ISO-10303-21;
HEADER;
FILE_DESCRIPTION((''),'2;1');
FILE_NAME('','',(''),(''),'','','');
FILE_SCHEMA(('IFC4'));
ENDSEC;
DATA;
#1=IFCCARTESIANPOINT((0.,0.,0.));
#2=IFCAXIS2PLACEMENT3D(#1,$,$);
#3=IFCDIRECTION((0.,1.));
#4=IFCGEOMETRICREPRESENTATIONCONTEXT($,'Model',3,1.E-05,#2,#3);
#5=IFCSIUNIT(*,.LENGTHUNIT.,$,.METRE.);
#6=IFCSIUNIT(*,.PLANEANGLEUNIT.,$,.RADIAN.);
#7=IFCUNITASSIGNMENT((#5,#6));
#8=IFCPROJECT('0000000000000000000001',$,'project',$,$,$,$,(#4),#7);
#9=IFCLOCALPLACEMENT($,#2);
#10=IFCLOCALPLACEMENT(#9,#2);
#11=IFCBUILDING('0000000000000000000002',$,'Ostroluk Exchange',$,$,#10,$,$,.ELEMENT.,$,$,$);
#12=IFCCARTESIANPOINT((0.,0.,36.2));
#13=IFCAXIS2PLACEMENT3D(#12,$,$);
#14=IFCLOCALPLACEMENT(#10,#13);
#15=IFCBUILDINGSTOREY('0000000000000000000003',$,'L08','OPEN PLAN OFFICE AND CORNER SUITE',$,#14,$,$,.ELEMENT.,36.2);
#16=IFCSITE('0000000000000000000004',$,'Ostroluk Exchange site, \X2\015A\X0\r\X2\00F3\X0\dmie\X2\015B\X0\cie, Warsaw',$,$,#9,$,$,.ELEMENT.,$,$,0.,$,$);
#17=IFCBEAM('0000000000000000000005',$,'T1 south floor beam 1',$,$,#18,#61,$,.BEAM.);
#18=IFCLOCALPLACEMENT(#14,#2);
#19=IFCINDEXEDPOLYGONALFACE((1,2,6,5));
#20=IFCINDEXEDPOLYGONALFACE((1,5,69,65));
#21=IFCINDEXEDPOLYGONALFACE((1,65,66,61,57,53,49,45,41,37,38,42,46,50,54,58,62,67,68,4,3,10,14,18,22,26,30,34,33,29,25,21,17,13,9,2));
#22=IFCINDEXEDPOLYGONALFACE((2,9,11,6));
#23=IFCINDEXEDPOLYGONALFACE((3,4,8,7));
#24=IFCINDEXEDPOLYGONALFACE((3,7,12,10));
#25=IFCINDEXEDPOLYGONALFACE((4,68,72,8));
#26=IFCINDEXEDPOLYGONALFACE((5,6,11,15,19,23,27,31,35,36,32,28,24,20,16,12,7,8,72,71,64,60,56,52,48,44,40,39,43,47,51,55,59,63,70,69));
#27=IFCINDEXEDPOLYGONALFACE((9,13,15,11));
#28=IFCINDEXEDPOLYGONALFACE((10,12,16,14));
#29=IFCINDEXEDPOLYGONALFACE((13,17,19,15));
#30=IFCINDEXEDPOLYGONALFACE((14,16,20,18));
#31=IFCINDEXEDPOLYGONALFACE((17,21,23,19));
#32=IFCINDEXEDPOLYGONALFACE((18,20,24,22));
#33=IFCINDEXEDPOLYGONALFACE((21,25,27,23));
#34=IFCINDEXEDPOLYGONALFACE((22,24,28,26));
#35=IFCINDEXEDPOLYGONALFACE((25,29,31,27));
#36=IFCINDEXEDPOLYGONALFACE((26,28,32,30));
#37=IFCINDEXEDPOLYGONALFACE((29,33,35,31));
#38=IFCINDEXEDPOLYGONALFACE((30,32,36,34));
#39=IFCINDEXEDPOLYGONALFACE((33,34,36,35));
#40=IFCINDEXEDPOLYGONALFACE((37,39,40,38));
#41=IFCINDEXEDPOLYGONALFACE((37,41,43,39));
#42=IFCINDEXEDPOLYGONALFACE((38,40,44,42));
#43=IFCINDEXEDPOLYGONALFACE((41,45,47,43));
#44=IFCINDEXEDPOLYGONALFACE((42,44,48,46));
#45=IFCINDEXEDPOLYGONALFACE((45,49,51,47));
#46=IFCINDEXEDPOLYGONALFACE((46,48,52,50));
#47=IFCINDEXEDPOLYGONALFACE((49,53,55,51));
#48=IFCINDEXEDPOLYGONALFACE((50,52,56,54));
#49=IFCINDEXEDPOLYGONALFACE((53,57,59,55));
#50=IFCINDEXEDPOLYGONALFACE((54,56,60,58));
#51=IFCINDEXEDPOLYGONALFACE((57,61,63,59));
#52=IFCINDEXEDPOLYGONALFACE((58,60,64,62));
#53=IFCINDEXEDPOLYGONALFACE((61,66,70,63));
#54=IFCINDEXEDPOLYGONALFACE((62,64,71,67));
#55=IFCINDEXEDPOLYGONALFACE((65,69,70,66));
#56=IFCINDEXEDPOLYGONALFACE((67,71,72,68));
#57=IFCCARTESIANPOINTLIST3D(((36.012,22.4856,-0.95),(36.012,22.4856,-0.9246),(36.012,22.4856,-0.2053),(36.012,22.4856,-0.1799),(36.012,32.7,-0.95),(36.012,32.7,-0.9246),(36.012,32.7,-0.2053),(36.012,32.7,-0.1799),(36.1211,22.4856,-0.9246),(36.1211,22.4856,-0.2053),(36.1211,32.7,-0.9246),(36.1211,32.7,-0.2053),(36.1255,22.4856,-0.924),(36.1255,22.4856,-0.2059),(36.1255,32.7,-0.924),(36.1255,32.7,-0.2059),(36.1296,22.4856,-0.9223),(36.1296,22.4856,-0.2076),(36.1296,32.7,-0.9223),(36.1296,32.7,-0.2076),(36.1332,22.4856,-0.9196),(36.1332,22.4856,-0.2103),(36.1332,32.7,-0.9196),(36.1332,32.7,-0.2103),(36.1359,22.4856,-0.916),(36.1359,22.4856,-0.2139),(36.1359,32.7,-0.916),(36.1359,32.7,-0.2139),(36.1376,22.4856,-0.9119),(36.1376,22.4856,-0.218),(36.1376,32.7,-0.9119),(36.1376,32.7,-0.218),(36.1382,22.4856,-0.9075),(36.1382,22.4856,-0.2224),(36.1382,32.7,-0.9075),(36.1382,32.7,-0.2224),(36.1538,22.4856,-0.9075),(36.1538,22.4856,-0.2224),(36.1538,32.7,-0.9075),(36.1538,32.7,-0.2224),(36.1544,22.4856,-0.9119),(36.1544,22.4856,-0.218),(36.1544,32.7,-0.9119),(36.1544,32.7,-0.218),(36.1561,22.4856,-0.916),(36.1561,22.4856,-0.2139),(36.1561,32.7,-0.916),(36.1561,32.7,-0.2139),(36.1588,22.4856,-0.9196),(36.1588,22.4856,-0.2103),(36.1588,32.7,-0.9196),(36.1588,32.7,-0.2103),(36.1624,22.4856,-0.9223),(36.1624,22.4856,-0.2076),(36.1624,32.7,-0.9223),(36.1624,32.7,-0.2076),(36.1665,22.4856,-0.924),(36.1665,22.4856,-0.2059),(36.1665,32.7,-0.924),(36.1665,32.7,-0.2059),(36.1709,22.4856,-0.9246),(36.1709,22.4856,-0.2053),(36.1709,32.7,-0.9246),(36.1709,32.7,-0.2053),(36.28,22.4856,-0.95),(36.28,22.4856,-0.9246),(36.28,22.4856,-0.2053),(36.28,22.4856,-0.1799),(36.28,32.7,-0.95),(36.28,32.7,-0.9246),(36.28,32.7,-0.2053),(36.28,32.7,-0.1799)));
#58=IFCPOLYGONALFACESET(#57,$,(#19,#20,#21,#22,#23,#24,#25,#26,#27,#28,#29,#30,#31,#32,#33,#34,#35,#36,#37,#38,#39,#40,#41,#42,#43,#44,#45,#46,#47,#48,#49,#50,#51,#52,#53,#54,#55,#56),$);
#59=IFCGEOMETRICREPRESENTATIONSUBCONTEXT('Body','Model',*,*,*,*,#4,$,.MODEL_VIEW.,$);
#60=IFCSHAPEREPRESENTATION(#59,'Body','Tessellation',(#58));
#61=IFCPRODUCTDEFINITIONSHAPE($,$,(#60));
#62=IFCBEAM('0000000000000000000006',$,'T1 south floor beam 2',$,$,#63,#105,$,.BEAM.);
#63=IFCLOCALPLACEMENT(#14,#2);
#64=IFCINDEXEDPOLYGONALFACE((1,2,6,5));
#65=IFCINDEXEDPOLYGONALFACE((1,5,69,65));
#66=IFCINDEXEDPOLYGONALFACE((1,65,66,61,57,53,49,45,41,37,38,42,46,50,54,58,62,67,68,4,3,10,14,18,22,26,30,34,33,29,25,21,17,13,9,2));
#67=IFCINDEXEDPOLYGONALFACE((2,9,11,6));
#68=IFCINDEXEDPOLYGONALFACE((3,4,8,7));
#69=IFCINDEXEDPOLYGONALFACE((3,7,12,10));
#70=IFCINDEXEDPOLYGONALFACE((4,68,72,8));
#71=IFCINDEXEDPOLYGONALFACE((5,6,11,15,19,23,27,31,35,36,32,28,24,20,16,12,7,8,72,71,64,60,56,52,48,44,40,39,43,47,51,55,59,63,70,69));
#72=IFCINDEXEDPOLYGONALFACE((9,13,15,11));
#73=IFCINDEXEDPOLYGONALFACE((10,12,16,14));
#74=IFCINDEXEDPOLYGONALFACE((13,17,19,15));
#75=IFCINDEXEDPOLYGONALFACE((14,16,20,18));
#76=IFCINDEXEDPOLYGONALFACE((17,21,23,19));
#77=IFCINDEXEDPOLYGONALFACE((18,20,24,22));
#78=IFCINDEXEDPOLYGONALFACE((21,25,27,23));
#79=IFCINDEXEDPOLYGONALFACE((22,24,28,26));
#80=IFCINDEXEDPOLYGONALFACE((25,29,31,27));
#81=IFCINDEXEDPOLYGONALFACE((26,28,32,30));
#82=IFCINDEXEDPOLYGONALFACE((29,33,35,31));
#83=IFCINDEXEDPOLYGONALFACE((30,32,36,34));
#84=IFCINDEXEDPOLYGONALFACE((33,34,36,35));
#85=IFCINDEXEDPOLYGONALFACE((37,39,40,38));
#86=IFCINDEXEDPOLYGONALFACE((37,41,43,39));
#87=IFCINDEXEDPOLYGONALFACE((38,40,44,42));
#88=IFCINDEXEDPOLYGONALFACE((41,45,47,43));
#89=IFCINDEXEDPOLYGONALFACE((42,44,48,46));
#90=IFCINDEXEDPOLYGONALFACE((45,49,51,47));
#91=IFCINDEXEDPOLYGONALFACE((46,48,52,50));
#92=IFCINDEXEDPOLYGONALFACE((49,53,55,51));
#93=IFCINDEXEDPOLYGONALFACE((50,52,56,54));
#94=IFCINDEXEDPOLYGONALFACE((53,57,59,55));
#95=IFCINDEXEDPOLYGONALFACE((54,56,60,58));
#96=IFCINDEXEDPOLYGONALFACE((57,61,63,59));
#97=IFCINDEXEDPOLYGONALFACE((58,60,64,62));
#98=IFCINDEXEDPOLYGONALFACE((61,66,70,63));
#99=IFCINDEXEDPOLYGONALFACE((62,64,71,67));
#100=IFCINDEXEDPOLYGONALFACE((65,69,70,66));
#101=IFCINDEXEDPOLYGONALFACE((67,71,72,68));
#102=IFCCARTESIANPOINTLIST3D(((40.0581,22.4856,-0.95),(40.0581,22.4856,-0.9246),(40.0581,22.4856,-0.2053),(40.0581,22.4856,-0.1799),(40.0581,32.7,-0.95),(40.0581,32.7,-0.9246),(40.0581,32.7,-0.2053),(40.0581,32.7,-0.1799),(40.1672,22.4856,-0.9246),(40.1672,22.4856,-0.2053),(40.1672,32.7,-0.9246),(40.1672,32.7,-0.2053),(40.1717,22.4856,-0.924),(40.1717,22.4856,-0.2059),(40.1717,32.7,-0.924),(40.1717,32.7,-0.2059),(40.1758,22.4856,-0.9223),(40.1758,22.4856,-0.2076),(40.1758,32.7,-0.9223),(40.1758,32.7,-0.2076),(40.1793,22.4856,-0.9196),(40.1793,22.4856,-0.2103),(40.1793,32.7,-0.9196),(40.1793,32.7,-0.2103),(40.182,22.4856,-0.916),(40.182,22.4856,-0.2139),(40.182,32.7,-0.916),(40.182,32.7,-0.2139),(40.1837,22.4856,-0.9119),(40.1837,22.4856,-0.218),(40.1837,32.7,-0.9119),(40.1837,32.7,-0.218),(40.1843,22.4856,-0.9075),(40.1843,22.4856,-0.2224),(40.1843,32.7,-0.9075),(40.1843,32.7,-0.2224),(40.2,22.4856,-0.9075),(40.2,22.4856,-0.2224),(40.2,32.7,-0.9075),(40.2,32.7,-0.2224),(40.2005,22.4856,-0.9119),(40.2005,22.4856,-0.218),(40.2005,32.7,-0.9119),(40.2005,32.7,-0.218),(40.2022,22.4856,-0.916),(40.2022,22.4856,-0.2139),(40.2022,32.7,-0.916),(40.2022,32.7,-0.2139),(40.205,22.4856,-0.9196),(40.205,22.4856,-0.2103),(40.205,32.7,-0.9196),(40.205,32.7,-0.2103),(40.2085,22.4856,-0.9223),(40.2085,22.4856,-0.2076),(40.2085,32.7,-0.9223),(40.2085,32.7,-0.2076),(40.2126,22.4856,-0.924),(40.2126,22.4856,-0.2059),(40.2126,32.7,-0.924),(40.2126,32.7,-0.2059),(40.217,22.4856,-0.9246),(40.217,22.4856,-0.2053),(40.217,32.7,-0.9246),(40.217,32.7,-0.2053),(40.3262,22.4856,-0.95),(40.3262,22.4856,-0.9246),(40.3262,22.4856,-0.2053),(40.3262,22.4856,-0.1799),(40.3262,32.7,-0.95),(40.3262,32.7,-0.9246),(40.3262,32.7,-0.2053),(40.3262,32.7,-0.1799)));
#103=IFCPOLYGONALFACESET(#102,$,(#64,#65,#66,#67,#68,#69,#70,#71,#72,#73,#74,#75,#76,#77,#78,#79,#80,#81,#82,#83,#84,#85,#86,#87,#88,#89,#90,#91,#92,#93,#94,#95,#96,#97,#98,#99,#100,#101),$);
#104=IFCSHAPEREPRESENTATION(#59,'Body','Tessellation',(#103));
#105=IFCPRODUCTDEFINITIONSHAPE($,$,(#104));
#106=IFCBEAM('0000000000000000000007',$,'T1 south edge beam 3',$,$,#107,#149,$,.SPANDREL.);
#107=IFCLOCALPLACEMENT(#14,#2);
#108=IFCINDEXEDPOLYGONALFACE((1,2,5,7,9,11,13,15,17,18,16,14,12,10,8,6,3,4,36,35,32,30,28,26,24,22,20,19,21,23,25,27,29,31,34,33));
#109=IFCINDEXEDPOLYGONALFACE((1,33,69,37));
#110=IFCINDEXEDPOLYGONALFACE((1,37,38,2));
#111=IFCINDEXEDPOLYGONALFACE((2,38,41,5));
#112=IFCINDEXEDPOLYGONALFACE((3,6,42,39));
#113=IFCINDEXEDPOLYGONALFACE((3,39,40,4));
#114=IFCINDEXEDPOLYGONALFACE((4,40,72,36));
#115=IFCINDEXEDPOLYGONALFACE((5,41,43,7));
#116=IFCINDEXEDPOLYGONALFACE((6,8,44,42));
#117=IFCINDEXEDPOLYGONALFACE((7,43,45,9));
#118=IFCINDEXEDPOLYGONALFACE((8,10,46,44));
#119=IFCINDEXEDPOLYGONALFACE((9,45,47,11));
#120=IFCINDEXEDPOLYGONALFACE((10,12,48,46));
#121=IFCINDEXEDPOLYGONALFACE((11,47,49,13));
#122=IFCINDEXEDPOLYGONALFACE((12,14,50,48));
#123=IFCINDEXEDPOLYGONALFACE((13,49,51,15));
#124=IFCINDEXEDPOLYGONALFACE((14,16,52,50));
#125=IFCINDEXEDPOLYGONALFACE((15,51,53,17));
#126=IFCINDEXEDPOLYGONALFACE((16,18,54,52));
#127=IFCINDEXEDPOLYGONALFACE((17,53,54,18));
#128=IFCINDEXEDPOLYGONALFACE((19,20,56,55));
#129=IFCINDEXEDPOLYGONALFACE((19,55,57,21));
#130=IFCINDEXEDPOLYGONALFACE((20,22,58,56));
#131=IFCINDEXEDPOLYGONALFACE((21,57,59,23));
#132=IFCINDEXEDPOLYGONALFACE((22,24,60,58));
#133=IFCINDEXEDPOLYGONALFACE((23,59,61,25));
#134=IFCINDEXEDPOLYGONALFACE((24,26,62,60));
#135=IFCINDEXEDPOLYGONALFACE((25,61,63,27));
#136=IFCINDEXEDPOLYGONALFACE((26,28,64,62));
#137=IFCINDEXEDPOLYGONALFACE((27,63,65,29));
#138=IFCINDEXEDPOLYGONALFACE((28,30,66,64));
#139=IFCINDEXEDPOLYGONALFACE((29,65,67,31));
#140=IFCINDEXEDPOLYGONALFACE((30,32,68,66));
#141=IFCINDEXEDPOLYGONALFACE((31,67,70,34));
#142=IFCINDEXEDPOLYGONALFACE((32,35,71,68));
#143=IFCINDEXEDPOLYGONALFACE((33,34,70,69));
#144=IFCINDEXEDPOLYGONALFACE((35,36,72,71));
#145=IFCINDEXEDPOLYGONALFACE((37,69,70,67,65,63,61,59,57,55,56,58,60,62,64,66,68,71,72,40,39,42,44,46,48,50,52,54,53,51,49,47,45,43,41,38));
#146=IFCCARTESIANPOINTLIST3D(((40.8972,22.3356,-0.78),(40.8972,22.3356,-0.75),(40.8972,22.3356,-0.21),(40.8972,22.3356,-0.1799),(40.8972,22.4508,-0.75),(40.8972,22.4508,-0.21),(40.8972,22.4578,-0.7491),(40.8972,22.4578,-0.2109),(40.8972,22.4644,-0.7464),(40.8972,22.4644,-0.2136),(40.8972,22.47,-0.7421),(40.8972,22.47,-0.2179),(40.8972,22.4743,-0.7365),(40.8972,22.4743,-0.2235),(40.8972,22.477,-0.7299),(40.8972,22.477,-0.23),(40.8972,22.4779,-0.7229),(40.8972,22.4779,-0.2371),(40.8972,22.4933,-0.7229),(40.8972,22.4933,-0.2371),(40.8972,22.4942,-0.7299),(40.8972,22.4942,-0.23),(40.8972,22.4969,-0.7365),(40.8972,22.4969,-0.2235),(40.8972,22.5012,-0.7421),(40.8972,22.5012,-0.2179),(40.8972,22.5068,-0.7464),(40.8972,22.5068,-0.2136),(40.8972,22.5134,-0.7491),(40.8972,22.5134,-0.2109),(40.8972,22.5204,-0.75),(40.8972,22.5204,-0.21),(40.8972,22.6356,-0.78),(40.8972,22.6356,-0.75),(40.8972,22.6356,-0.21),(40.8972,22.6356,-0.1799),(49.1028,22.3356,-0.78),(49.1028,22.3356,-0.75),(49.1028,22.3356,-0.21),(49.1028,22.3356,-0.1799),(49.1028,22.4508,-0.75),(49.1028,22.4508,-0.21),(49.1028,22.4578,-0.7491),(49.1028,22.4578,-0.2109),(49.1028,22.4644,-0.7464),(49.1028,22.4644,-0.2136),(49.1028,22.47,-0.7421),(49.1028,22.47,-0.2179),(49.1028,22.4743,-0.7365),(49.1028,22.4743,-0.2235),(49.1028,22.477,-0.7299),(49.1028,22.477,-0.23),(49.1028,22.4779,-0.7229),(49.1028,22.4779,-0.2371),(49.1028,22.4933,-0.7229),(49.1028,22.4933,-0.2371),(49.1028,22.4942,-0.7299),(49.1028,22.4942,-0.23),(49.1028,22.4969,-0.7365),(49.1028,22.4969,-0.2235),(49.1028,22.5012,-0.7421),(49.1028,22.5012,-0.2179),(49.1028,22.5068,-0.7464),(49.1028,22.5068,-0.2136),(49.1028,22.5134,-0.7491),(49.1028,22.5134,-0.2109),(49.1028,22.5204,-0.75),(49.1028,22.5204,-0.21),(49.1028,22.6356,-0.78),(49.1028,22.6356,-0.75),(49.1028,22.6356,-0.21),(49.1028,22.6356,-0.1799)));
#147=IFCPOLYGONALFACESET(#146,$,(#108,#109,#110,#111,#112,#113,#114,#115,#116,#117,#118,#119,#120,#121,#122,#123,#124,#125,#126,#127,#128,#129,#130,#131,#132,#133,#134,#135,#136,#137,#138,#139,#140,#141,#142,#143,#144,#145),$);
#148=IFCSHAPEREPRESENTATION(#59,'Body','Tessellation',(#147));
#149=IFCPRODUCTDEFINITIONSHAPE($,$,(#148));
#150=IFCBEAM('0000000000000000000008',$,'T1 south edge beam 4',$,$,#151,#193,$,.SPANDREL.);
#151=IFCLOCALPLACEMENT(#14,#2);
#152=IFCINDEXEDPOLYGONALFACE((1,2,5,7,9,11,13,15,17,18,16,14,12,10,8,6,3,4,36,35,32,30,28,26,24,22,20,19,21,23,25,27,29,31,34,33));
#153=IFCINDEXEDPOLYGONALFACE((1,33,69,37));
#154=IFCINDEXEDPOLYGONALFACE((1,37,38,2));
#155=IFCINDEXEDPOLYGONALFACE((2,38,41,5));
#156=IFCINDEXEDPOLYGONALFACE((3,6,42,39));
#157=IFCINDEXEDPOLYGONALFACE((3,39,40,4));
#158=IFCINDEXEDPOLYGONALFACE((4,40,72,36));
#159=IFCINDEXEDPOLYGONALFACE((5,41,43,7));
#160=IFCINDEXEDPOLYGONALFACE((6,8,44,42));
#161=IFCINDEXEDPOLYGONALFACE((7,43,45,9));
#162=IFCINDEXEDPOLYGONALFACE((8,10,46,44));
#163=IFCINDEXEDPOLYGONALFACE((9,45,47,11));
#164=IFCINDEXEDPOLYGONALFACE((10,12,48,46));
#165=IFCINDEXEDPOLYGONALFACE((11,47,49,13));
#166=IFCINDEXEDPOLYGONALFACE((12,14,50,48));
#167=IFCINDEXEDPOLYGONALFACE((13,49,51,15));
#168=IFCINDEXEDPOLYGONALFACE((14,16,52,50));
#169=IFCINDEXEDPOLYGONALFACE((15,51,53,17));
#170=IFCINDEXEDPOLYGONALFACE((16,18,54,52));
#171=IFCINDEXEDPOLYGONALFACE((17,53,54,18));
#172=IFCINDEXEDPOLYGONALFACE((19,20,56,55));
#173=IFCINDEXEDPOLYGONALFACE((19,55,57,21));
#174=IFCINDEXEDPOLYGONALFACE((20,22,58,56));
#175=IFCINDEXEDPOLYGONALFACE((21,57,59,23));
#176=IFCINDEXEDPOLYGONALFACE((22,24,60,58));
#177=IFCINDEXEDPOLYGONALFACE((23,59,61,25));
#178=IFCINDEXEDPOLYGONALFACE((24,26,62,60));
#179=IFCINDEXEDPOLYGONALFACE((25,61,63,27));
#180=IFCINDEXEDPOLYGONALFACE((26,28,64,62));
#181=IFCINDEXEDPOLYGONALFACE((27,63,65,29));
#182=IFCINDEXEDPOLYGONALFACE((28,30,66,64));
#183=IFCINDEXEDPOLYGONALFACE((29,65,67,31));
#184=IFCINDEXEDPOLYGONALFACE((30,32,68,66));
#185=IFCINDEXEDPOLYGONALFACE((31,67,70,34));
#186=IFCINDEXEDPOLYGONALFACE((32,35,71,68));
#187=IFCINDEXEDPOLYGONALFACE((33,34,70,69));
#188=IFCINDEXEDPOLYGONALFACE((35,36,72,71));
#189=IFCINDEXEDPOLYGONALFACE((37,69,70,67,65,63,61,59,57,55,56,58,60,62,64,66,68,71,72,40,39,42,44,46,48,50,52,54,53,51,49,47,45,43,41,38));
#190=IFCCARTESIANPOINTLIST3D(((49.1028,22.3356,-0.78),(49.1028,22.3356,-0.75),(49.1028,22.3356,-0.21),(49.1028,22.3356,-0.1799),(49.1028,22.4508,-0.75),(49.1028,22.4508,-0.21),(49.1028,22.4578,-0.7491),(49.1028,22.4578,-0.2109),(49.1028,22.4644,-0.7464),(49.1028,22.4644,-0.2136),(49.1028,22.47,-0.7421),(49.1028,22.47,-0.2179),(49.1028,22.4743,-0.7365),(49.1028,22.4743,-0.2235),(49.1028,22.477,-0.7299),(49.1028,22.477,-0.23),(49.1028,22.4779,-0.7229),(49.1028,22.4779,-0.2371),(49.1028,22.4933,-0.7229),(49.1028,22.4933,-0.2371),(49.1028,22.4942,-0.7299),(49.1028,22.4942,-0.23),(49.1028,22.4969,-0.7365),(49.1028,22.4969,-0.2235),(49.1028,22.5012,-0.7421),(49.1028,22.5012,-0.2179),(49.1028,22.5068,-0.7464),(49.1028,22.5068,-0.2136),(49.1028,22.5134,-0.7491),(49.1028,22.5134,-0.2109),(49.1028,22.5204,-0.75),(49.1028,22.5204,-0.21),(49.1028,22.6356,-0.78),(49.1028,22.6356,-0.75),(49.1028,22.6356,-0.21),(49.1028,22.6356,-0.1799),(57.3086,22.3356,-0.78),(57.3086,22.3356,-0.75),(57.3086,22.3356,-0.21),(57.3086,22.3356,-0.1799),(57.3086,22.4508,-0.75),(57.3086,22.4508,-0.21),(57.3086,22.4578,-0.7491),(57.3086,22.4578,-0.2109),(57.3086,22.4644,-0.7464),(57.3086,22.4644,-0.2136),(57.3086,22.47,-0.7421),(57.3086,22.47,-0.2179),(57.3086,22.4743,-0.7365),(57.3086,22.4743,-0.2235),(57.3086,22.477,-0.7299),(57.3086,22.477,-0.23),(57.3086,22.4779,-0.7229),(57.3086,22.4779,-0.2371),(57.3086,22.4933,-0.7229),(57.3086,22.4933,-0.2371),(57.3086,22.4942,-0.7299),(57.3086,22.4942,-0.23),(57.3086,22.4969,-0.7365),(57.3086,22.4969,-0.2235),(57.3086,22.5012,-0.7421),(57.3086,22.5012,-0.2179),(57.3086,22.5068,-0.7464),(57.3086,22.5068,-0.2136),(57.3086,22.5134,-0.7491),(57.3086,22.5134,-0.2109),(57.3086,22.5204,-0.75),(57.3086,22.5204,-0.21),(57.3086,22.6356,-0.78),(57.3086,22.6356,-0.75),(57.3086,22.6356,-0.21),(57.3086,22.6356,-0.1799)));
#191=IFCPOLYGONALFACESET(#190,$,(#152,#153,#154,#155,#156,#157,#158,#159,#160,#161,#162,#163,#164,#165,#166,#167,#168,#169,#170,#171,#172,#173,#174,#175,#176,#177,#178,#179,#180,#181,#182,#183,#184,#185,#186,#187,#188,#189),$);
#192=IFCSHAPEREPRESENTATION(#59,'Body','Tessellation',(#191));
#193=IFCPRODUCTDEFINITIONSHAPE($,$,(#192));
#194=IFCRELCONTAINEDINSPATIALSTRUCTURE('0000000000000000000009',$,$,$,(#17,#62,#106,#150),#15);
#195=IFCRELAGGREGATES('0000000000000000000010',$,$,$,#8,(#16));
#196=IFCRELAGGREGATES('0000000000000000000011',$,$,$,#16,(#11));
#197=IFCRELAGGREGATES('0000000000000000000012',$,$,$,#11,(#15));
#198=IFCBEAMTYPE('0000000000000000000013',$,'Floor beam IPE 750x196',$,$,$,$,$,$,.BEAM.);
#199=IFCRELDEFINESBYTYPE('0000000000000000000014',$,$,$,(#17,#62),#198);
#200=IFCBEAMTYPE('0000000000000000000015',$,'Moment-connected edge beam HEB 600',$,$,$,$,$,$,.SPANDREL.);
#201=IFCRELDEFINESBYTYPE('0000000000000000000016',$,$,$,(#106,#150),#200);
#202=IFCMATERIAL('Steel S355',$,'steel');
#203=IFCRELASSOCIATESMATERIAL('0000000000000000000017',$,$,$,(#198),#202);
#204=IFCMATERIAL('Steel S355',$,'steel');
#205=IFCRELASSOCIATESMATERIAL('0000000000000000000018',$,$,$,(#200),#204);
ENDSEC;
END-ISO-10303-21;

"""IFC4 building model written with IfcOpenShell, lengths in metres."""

from ifc_helpers import new_model, si_unit, direction, frame, origin, origin_2d, place, context, subcontext, project, spatial, i_section, extrude, material, material_profile, profile_set, type_object, element, save


model = new_model("IFC4")

# Units and contexts
model_context = context("Model", 3, precision=1e-05, world=origin(), true_north=direction((0.0, 1.0)))
body_context = subcontext(model_context, "Body", "Model", "MODEL_VIEW")
ifc_project = project(units=[si_unit("LENGTHUNIT", "METRE"), si_unit("PLANEANGLEUNIT", "RADIAN")], contexts=[model_context])

# Site, building, storey
site_placement = place(None, origin())
site = spatial("IfcSite", under=ifc_project, at=site_placement, Name="Ostroluk Exchange site, Śródmieście, Warsaw", CompositionType="ELEMENT", RefElevation=0.0)
building_placement = place(site_placement, origin())
building = spatial("IfcBuilding", under=site, at=building_placement, Name="Ostroluk Exchange", CompositionType="ELEMENT")
storey_placement = place(building_placement, frame((0.0, 0.0, 36.2)))
storey = spatial("IfcBuildingStorey", under=building, at=storey_placement, Name="L08", Description="OPEN PLAN OFFICE AND CORNER SUITE", CompositionType="ELEMENT", Elevation=36.2)

# Beams
ifc_material_1 = material(Name="Steel S355", Category="steel")
ifc_material_profile_1 = material_profile(ifc_material_1, i_section(OverallWidth=0.2681, OverallDepth=0.77, WebThickness=0.0156, FlangeThickness=0.0254, FilletRadius=0.0171, at=origin_2d()), Name="IPE 750x196")
ifc_profile_set_1 = profile_set([ifc_material_profile_1], Name="Steel S355")
beam_type_1 = type_object("IfcBeamType", Name="Floor beam IPE 750x196", PredefinedType="BEAM", material=ifc_profile_set_1)
for number, where, z_axis, x_axis, name in (
    (1, (36.146, 32.7, -0.5649), (0.0, -1.0, 0.0), (1.0, 0.0, 0.0), "T1 south floor beam 1"),
    (2, (40.1921, 32.7, -0.5649), (0.0, -1.0, 0.0), (1.0, 0.0, 0.0), "T1 south floor beam 2"),
):
    element("IfcBeam", number, at=place(storey_placement, frame(where, z_axis=z_axis, x_axis=x_axis)), inside=storey, type_object=beam_type_1, Name=name, PredefinedType="BEAM", context=body_context, shape_type="SweptSolid", body=[
        extrude(i_section(OverallWidth=0.2681, OverallDepth=0.77, WebThickness=0.0156, FlangeThickness=0.0254, FilletRadius=0.0171, at=origin_2d()), origin(), (0.0, 0.0, 1.0), 10.2144),
    ])
ifc_material_2 = material(Name="Steel S355", Category="steel")
ifc_material_profile_2 = material_profile(ifc_material_2, i_section(OverallWidth=0.3, OverallDepth=0.6001, WebThickness=0.0154, FlangeThickness=0.03, FilletRadius=0.0271, at=origin_2d()), Name="HEB 600")
ifc_profile_set_2 = profile_set([ifc_material_profile_2], Name="Steel S355")
beam_type_2 = type_object("IfcBeamType", Name="Moment-connected edge beam HEB 600", PredefinedType="SPANDREL", material=ifc_profile_set_2)
beam_1_placement = place(storey_placement, frame((40.8972, 22.4856, -0.48), z_axis=(1.0, 0.0, 0.0), x_axis=(0.0, 1.0, 0.0)))
element("IfcBeam", 3, at=beam_1_placement, inside=storey, type_object=beam_type_2, Name="T1 south edge beam 3", PredefinedType="SPANDREL", context=body_context, shape_type="SweptSolid", body=[
    extrude(i_section(OverallWidth=0.3, OverallDepth=0.6001, WebThickness=0.0154, FlangeThickness=0.03, FilletRadius=0.0271, at=origin_2d()), origin(), (0.0, 0.0, 1.0), 8.2056),
])
beam_2_placement = place(storey_placement, frame((49.1028, 22.4856, -0.48), z_axis=(1.0, 0.0, 0.0), x_axis=(0.0, 1.0, 0.0)))
element("IfcBeam", 4, at=beam_2_placement, inside=storey, type_object=beam_type_2, Name="T1 south edge beam 4", PredefinedType="SPANDREL", context=body_context, shape_type="SweptSolid", body=[
    extrude(i_section(OverallWidth=0.3, OverallDepth=0.6001, WebThickness=0.0154, FlangeThickness=0.03, FilletRadius=0.0271, at=origin_2d()), origin(), (0.0, 0.0, 1.0), 8.2058),
])

save(model, "model.ifc")
